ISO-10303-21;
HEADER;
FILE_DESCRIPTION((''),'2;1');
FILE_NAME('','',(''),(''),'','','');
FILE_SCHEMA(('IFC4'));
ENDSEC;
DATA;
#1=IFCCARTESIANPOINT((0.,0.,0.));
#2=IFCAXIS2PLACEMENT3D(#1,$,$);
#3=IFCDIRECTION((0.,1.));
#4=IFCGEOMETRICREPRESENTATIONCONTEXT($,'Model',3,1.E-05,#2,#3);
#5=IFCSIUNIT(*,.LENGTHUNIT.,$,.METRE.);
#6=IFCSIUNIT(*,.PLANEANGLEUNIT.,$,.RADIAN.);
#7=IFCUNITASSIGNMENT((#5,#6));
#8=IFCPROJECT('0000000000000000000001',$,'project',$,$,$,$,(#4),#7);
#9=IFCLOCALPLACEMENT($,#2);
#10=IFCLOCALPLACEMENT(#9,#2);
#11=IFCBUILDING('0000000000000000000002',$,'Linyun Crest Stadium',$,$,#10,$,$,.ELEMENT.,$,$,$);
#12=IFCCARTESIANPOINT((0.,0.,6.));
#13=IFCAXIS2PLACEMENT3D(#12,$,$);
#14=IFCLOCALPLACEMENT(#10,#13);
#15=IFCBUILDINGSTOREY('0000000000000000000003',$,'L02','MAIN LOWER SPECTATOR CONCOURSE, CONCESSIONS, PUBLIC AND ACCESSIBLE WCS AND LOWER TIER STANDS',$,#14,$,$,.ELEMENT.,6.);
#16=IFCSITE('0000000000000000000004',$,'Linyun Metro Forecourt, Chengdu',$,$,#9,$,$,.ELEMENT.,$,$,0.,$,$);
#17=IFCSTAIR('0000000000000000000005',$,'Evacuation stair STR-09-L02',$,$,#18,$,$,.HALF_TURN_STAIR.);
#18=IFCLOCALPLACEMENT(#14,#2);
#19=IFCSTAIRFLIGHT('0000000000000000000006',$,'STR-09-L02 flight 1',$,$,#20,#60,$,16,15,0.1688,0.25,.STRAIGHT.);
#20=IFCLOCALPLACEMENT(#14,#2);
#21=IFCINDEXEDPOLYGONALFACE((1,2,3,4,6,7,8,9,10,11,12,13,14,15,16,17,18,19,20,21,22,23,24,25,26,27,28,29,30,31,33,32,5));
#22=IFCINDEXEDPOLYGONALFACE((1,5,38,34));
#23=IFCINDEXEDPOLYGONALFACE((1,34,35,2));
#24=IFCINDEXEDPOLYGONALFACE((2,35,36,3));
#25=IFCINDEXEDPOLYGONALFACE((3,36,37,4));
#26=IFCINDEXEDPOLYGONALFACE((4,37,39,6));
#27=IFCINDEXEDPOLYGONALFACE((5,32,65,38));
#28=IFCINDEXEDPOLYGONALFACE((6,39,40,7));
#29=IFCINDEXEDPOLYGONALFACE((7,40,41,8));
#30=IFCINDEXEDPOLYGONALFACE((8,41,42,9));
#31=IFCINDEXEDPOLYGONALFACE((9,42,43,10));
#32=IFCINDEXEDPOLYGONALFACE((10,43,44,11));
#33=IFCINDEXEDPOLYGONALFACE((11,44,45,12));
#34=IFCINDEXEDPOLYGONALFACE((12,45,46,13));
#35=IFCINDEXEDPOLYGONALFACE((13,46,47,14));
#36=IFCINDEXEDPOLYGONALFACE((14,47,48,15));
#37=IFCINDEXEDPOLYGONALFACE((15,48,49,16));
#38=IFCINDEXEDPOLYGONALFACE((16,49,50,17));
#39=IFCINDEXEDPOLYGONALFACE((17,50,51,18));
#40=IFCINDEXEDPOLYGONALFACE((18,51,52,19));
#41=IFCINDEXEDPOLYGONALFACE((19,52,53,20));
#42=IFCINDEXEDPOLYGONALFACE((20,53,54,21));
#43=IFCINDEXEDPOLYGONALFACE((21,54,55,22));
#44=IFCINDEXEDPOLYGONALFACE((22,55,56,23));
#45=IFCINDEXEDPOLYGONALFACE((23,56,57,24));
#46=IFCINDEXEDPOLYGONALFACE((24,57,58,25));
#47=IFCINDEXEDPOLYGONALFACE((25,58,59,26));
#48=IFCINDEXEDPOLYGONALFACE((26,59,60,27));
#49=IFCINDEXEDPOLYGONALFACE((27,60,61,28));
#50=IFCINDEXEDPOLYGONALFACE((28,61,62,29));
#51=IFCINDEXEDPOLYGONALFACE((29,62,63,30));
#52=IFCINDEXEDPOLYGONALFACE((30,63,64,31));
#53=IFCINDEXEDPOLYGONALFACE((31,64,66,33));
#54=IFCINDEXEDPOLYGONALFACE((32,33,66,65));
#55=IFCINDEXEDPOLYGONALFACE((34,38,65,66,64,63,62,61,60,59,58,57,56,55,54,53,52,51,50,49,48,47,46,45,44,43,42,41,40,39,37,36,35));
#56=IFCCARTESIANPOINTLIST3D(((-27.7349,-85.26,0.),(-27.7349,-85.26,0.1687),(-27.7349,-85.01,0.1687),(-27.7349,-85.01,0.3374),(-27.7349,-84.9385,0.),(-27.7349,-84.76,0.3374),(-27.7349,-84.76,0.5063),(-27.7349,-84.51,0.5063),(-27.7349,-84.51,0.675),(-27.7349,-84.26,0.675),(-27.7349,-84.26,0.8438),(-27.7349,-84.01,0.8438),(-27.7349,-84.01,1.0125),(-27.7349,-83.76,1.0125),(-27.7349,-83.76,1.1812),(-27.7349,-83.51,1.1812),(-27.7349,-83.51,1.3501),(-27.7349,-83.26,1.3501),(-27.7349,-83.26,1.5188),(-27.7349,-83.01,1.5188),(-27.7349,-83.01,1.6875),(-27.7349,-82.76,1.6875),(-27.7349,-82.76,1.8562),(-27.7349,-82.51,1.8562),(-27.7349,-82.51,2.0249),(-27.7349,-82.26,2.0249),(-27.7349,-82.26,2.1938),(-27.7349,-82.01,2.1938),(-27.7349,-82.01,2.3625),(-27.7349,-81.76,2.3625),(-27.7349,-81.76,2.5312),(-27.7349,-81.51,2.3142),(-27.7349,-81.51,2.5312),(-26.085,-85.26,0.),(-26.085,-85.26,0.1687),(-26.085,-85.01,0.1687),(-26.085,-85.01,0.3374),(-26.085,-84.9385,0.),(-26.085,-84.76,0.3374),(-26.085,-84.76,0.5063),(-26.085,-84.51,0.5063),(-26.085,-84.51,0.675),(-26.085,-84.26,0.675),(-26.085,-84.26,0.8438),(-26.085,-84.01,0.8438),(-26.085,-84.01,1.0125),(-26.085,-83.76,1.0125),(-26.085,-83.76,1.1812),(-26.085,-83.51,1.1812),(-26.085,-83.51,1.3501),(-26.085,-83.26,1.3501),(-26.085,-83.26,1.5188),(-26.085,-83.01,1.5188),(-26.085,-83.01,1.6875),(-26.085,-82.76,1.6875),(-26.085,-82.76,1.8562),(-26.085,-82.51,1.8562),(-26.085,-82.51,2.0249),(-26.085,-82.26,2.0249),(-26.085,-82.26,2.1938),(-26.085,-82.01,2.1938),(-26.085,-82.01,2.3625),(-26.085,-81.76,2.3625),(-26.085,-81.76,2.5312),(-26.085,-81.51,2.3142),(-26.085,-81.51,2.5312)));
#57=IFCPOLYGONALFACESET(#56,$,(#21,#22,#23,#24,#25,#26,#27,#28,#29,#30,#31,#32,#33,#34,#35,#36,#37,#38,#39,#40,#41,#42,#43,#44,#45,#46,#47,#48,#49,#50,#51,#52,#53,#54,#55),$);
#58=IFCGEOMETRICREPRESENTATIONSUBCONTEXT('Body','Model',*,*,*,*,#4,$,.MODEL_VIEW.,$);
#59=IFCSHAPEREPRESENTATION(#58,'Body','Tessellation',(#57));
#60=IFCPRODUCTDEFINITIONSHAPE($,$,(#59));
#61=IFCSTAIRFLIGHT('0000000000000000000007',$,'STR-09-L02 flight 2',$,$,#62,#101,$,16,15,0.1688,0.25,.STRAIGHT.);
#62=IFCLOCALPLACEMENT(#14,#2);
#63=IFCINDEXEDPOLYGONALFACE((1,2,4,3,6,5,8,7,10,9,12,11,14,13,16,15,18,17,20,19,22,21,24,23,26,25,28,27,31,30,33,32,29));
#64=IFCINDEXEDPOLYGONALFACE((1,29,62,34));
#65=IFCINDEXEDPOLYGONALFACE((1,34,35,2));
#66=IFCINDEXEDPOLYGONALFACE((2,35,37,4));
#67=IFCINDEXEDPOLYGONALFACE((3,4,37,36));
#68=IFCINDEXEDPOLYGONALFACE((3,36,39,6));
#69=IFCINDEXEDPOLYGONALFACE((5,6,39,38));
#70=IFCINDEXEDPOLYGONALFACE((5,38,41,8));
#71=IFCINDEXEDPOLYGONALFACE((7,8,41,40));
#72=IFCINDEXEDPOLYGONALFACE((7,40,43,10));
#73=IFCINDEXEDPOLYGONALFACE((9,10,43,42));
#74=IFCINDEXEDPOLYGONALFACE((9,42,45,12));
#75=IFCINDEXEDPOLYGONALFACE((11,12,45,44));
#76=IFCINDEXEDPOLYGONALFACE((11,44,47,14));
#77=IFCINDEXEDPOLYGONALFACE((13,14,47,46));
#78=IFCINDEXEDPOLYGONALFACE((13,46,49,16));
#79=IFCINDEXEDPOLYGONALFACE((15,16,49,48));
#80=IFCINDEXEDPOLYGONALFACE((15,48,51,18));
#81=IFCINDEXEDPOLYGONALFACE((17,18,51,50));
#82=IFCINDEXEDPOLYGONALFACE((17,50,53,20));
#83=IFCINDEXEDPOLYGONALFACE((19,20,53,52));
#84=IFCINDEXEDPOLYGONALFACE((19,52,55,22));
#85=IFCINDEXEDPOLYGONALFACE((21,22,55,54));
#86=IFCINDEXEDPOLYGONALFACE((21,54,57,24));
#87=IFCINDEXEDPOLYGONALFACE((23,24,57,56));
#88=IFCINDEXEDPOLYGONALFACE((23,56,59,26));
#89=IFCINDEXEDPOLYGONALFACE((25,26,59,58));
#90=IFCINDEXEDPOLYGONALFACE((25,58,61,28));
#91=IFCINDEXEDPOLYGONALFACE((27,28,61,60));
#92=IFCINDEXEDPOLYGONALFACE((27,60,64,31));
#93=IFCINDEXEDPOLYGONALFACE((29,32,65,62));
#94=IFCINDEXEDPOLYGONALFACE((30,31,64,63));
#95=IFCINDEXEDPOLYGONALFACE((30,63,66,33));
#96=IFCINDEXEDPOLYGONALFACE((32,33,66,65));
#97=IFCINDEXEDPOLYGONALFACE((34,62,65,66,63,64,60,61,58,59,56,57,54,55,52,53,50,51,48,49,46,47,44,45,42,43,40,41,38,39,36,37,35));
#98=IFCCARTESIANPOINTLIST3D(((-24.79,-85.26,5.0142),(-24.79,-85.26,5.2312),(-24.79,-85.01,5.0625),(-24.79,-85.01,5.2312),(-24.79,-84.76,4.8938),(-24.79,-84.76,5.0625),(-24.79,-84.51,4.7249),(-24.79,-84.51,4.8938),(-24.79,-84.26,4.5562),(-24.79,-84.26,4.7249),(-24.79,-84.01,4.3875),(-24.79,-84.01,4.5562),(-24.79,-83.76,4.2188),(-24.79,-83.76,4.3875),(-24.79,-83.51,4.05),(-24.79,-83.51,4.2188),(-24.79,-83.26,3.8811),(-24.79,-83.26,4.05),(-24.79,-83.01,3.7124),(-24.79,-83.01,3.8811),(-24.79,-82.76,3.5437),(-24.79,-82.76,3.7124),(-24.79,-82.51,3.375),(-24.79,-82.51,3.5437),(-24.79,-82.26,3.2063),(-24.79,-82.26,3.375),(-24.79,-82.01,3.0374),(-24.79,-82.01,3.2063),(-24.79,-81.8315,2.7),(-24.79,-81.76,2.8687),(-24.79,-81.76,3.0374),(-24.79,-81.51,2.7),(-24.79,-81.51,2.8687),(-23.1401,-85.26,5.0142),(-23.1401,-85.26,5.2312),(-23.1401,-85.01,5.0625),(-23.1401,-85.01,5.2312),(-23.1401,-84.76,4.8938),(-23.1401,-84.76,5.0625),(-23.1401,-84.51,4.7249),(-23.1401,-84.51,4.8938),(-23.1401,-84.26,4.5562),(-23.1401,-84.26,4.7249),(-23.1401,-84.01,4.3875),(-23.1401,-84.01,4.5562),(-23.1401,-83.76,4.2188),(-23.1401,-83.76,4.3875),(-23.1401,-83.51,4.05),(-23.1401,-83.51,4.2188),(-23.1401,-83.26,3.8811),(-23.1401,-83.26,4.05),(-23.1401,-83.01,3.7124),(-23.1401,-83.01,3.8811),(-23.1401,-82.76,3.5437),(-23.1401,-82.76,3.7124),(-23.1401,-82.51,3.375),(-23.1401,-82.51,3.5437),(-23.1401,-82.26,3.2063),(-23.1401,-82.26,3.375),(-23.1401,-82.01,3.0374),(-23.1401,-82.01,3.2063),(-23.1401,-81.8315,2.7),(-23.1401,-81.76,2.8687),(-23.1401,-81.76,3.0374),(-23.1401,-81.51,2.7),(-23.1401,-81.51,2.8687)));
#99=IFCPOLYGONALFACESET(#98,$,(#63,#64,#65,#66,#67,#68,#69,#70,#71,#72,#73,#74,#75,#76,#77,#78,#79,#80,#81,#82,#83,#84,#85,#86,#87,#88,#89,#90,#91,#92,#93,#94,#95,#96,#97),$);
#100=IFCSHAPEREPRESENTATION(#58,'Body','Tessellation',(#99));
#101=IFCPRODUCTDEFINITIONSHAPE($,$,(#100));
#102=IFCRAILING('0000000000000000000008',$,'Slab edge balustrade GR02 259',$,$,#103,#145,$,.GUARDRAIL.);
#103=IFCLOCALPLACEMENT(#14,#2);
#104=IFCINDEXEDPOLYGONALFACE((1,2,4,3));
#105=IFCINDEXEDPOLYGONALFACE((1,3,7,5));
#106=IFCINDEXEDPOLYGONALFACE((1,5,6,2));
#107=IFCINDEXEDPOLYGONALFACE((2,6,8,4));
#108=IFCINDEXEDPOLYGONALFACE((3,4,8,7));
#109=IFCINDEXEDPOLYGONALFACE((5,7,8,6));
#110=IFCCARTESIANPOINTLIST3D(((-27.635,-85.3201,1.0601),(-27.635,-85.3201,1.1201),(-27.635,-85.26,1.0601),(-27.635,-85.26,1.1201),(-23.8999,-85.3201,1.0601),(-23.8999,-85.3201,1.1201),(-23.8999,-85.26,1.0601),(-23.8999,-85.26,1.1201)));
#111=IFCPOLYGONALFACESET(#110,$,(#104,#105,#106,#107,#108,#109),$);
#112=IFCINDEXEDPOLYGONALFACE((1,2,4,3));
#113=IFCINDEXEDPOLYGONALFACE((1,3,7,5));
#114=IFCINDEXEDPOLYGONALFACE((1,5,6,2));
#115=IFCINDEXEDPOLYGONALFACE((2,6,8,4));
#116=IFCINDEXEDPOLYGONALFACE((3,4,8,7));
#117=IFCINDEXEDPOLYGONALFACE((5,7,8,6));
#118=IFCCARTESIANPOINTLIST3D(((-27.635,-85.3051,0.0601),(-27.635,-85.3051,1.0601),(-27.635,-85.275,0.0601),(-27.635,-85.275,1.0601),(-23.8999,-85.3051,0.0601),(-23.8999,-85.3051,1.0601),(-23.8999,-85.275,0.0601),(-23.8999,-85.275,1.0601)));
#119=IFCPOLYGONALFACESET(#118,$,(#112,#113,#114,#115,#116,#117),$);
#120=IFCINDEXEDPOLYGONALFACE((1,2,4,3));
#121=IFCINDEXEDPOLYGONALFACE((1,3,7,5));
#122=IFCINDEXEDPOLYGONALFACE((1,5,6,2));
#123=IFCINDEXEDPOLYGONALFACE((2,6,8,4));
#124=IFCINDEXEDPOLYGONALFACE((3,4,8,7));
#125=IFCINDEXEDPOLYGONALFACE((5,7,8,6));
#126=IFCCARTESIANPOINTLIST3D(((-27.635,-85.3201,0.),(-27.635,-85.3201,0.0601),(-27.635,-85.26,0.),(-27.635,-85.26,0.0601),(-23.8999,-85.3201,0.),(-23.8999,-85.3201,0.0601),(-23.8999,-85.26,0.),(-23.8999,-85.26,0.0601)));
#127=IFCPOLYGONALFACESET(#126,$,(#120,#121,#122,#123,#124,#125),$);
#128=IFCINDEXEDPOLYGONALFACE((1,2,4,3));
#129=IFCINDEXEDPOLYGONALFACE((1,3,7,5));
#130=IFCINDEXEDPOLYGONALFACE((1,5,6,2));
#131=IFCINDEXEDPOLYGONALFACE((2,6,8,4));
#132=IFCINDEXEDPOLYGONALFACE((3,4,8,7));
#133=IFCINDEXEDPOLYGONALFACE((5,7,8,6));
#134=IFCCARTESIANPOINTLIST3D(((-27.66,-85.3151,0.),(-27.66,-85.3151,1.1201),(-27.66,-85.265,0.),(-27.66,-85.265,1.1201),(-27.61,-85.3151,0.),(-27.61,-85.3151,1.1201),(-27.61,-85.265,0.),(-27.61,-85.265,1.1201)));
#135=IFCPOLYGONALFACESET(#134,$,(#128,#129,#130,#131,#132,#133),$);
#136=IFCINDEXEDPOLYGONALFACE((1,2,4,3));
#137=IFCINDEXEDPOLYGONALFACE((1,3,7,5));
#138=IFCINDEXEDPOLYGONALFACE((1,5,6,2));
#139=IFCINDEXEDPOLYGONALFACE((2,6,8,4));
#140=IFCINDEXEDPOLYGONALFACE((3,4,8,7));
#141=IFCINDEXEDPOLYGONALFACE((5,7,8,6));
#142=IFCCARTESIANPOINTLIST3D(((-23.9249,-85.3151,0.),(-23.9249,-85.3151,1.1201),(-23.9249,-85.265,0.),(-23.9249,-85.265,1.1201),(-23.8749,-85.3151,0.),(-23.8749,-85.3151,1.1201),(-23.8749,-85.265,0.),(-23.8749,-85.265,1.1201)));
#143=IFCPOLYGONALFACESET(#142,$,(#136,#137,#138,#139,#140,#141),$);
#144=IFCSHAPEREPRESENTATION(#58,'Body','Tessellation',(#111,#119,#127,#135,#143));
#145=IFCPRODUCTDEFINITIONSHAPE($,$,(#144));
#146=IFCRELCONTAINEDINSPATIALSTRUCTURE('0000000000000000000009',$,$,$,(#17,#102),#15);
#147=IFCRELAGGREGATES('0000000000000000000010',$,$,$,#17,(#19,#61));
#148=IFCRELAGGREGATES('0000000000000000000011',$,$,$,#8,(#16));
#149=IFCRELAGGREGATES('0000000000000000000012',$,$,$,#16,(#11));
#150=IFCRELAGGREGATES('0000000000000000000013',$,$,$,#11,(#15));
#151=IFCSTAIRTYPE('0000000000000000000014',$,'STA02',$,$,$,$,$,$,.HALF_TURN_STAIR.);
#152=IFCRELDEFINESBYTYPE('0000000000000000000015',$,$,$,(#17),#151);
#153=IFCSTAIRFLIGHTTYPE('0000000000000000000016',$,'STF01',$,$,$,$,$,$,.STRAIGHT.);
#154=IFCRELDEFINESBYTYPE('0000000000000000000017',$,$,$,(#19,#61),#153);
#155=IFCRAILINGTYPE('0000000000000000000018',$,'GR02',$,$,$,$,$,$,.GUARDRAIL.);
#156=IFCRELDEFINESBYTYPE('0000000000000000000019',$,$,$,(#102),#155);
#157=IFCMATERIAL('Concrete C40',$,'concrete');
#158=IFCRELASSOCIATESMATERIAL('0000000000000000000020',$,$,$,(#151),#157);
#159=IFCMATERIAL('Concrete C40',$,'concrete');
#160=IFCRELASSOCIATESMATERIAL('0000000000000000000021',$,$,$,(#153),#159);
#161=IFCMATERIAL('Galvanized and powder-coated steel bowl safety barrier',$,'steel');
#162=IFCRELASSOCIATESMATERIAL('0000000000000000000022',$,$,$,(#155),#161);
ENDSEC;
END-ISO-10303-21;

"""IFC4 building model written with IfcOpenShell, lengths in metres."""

from ifc_helpers import new_model, si_unit, direction, frame, origin, origin_2d, place, context, subcontext, project, spatial, polyline, rectangle, outline, extrude, material, type_object, element, aggregate, save


model = new_model("IFC4")

# Units and contexts
model_context = context("Model", 3, precision=1e-05, world=origin(), true_north=direction((0.0, 1.0)))
body_context = subcontext(model_context, "Body", "Model", "MODEL_VIEW")
ifc_project = project(units=[si_unit("LENGTHUNIT", "METRE"), si_unit("PLANEANGLEUNIT", "RADIAN")], contexts=[model_context])

# Site, building, storey
site_placement = place(None, origin())
site = spatial("IfcSite", under=ifc_project, at=site_placement, Name="Linyun Metro Forecourt, Chengdu", CompositionType="ELEMENT", RefElevation=0.0)
building_placement = place(site_placement, origin())
building = spatial("IfcBuilding", under=site, at=building_placement, Name="Linyun Crest Stadium", CompositionType="ELEMENT")
storey_placement = place(building_placement, frame((0.0, 0.0, 6.0)))
storey = spatial("IfcBuildingStorey", under=building, at=storey_placement, Name="L02", Description="MAIN LOWER SPECTATOR CONCOURSE, CONCESSIONS, PUBLIC AND ACCESSIBLE WCS AND LOWER TIER STANDS", CompositionType="ELEMENT", Elevation=6.0)

# Stair, stair flights
ifc_material_1 = material(Name="Concrete C40", Category="concrete")
stair_type = type_object("IfcStairType", Name="STA02", PredefinedType="HALF_TURN_STAIR", material=ifc_material_1)
stair_placement = place(storey_placement, origin())
stair = element("IfcStair", 1, at=stair_placement, inside=storey, type_object=stair_type, Name="Evacuation stair STR-09-L02", PredefinedType="HALF_TURN_STAIR")
ifc_material_2 = material(Name="Concrete C40", Category="concrete")
stair_flight_type = type_object("IfcStairFlightType", Name="STF01", PredefinedType="STRAIGHT", material=ifc_material_2)
stair_flight_1_placement = place(storey_placement, frame((-26.9099, -85.26, 0.0), z_axis=(0.0, 0.0, 1.0), x_axis=(0.0, 1.0, 0.0)))
stair_flight_1 = element("IfcStairFlight", 2, at=stair_flight_1_placement, type_object=stair_flight_type, Name="STR-09-L02 flight 1", NumberOfRisers=16, NumberOfTreads=15, PredefinedType="STRAIGHT", RiserHeight=0.1688, TreadLength=0.25, context=body_context, shape_type="SweptSolid", body=[
    extrude(outline(polyline([(0.0, 0.0), (0.0, 0.1687), (0.25, 0.1687), (0.25, 0.3374), (0.5, 0.3374), (0.5, 0.5063), (0.75, 0.5063), (0.75, 0.675), (1.0, 0.675), (1.0, 0.8438), (1.25, 0.8438), (1.25, 1.0125), (1.5, 1.0125), (1.5, 1.1812), (1.75, 1.1812), (1.75, 1.3501), (2.0, 1.3501), (2.0, 1.5188), (2.25, 1.5188), (2.25, 1.6875), (2.5, 1.6875), (2.5, 1.8562), (2.75, 1.8562), (2.75, 2.0249), (3.0, 2.0249), (3.0, 2.1938), (3.25, 2.1938), (3.25, 2.3625), (3.5, 2.3625), (3.5, 2.5312), (3.75, 2.5312), (3.75, 2.7), (3.75, 2.3142), (0.3215, 0.0), (0.0, 0.0)])), frame((0.0, 0.825, 0.0), z_axis=(0.0, -1.0, 0.0), x_axis=(1.0, 0.0, 0.0)), (0.0, 0.0, 1.0), 1.6499),
])
stair_flight_2_placement = place(storey_placement, frame((-23.9651, -81.51, 2.7), z_axis=(0.0, 0.0, 1.0), x_axis=(0.0, -1.0, 0.0)))
stair_flight_2 = element("IfcStairFlight", 3, at=stair_flight_2_placement, type_object=stair_flight_type, Name="STR-09-L02 flight 2", NumberOfRisers=16, NumberOfTreads=15, PredefinedType="STRAIGHT", RiserHeight=0.1688, TreadLength=0.25, context=body_context, shape_type="SweptSolid", body=[
    extrude(outline(polyline([(0.0, 0.0), (0.0, 0.1687), (0.25, 0.1687), (0.25, 0.3374), (0.5, 0.3374), (0.5, 0.5063), (0.75, 0.5063), (0.75, 0.675), (1.0, 0.675), (1.0, 0.8438), (1.25, 0.8438), (1.25, 1.0125), (1.5, 1.0125), (1.5, 1.1812), (1.75, 1.1812), (1.75, 1.3501), (2.0, 1.3501), (2.0, 1.5188), (2.25, 1.5188), (2.25, 1.6875), (2.5, 1.6875), (2.5, 1.8562), (2.75, 1.8562), (2.75, 2.0249), (3.0, 2.0249), (3.0, 2.1938), (3.25, 2.1938), (3.25, 2.3625), (3.5, 2.3625), (3.5, 2.5312), (3.75, 2.5312), (3.75, 2.7), (3.75, 2.3142), (0.3215, 0.0), (0.0, 0.0)])), frame((0.0, 0.825, 0.0), z_axis=(0.0, -1.0, 0.0), x_axis=(1.0, 0.0, 0.0)), (0.0, 0.0, 1.0), 1.6499),
])
aggregate(stair, [stair_flight_1, stair_flight_2])

# Railing
ifc_material_3 = material(Name="Galvanized and powder-coated steel bowl safety barrier", Category="steel")
railing_type_1 = type_object("IfcRailingType", Name="GR02", PredefinedType="GUARDRAIL", material=ifc_material_3)
railing_1_placement = place(storey_placement, frame((-27.635, -85.29, 0.0)))
element("IfcRailing", 4, at=railing_1_placement, inside=storey, type_object=railing_type_1, Name="Slab edge balustrade GR02 259", PredefinedType="GUARDRAIL", context=body_context, shape_type="SweptSolid", body=[
    extrude(rectangle(XDim=0.0601, YDim=0.0601, at=origin_2d()), frame((0.0, 0.0, 1.0901), z_axis=(1.0, 0.0, 0.0), x_axis=(0.0, 1.0, 0.0)), (0.0, 0.0, 1.0), 3.7351),
    extrude(rectangle(XDim=0.03, YDim=1.0, at=origin_2d()), frame((0.0, 0.0, 0.5601), z_axis=(1.0, 0.0, 0.0), x_axis=(0.0, 1.0, 0.0)), (0.0, 0.0, 1.0), 3.7351),
    extrude(rectangle(XDim=0.0601, YDim=0.0601, at=origin_2d()), frame((0.0, 0.0, 0.03), z_axis=(1.0, 0.0, 0.0), x_axis=(0.0, 1.0, 0.0)), (0.0, 0.0, 1.0), 3.7351),
    extrude(rectangle(XDim=0.05, YDim=0.05, at=origin_2d()), origin(), (0.0, 0.0, 1.0), 1.1201),
    extrude(rectangle(XDim=0.05, YDim=0.05, at=origin_2d()), frame((3.7351, 0.0, 0.0)), (0.0, 0.0, 1.0), 1.1201),
])

save(model, "model.ifc")
